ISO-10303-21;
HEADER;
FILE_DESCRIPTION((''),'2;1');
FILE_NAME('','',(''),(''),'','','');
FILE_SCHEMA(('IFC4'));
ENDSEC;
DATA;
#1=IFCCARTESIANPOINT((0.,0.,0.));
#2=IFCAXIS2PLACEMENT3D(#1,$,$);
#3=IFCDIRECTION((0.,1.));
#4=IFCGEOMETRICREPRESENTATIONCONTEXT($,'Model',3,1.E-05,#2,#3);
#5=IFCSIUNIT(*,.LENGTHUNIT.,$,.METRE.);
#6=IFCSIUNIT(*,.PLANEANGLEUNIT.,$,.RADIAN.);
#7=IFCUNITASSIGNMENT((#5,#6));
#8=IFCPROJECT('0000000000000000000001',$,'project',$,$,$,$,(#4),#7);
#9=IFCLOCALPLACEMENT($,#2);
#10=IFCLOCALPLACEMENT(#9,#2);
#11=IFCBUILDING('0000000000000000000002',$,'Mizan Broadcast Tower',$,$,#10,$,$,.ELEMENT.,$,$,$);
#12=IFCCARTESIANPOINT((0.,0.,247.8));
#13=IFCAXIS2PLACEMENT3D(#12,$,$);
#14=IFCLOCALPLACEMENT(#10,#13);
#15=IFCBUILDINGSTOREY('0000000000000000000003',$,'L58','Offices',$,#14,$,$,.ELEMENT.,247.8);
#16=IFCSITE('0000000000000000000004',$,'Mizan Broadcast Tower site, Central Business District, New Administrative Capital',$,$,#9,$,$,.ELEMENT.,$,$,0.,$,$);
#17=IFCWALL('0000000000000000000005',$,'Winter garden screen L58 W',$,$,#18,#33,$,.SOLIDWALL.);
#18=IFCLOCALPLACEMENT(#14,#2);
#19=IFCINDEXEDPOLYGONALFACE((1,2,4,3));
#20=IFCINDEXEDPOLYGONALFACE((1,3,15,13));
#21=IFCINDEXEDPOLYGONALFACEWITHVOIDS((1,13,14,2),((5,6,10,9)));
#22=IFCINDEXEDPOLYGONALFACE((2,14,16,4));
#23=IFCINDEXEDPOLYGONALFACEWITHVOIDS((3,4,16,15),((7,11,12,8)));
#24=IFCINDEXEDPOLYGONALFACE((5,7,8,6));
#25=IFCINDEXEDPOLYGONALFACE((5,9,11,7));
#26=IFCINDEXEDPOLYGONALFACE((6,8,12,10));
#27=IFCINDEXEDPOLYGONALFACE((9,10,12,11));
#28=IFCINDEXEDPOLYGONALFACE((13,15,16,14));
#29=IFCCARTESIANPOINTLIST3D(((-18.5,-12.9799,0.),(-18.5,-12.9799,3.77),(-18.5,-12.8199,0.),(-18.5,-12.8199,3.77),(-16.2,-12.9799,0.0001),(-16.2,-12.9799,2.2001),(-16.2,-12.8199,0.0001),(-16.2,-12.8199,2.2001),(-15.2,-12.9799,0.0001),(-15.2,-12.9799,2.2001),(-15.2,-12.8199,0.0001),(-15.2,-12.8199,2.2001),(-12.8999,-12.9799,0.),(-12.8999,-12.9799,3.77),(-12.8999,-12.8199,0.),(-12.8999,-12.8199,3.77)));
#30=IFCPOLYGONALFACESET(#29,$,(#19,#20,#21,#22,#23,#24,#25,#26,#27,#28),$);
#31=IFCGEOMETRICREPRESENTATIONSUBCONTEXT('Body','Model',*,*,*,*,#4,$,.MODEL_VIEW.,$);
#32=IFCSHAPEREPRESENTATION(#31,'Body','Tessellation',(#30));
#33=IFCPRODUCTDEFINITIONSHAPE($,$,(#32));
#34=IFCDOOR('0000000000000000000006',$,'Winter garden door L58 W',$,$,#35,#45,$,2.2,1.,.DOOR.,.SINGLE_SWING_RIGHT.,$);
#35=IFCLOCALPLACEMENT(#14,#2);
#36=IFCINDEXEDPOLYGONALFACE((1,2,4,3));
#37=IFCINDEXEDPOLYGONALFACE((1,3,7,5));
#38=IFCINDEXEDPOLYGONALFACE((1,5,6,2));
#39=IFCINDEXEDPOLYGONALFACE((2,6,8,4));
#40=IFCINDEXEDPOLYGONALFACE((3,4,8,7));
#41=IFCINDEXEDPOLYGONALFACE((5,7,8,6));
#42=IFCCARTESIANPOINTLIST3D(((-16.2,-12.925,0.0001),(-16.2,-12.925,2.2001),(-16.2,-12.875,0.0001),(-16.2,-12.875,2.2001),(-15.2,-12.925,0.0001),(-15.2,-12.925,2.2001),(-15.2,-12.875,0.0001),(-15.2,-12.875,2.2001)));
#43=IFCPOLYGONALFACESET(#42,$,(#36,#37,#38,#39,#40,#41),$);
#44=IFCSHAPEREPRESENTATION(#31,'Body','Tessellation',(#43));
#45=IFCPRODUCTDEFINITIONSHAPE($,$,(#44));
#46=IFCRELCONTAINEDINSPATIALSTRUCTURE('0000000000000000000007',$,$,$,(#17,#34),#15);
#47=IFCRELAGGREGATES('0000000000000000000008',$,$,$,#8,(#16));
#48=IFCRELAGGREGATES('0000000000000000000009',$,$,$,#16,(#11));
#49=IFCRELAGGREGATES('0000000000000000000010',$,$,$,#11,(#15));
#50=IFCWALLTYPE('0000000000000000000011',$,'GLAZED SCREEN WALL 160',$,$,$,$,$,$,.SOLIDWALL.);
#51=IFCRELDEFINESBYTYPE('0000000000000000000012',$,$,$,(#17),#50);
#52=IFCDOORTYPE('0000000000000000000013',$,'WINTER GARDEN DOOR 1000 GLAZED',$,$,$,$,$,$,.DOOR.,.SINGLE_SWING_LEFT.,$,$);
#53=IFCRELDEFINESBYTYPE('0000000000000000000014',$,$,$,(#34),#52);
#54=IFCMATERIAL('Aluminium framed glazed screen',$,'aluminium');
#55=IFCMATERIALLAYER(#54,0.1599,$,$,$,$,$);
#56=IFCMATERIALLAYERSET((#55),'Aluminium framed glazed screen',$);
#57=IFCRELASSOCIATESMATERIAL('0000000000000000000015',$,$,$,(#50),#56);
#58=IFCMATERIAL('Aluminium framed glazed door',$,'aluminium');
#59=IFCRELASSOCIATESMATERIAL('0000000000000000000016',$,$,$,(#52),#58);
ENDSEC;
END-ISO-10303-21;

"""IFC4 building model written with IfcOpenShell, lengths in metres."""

from ifc_helpers import new_model, si_unit, direction, frame, frame_2d, origin, place, context, subcontext, project, spatial, rectangle, extrude, material, layer, layer_set, type_object, element, fill, save


model = new_model("IFC4")

# Units and contexts
model_context = context("Model", 3, precision=1e-05, world=origin(), true_north=direction((0.0, 1.0)))
body_context = subcontext(model_context, "Body", "Model", "MODEL_VIEW")
ifc_project = project(units=[si_unit("LENGTHUNIT", "METRE"), si_unit("PLANEANGLEUNIT", "RADIAN")], contexts=[model_context])

# Site, building, storey
site_placement = place(None, origin())
site = spatial("IfcSite", under=ifc_project, at=site_placement, Name="Mizan Broadcast Tower site, Central Business District, New Administrative Capital", CompositionType="ELEMENT", RefElevation=0.0)
building_placement = place(site_placement, origin())
building = spatial("IfcBuilding", under=site, at=building_placement, Name="Mizan Broadcast Tower", CompositionType="ELEMENT")
storey_placement = place(building_placement, frame((0.0, 0.0, 247.8)))
storey = spatial("IfcBuildingStorey", under=building, at=storey_placement, Name="L58", Description="Offices", CompositionType="ELEMENT", Elevation=247.8)

# Wall, opening, door
ifc_material_1 = material(Name="Aluminium framed glazed screen", Category="aluminium")
ifc_layer_1 = layer(ifc_material_1, 0.1599)
ifc_layer_set_1 = layer_set([ifc_layer_1], Name="Aluminium framed glazed screen")
wall_type = type_object("IfcWallType", Name="GLAZED SCREEN WALL 160", PredefinedType="SOLIDWALL", material=ifc_layer_set_1)
wall_placement = place(storey_placement, frame((-18.5, -12.8999, 0.0), z_axis=(0.0, 0.0, 1.0), x_axis=(1.0, 0.0, 0.0)))
wall = element("IfcWall", 1, at=wall_placement, inside=storey, type_object=wall_type, Name="Winter garden screen L58 W", PredefinedType="SOLIDWALL", context=body_context, shape_type="SweptSolid", body=[
    extrude(rectangle(XDim=5.6001, YDim=0.1599, at=frame_2d((2.8, 0.0))), origin(), (0.0, 0.0, 1.0), 3.77),
])
opening_placement = place(wall_placement, frame((2.3, 0.0, 0.0)))
opening = element("IfcOpeningElement", 2, at=opening_placement, cuts=wall, PredefinedType="OPENING", context=body_context, shape_type="SweptSolid", body=[
    extrude(rectangle(XDim=1.0, YDim=2.2, at=frame_2d((0.5, 1.1001))), frame((0.0, 0.0898, 0.0), z_axis=(0.0, -1.0, 0.0), x_axis=(1.0, 0.0, 0.0)), (0.0, 0.0, 1.0), 0.1799),
])
ifc_material_2 = material(Name="Aluminium framed glazed door", Category="aluminium")
door_type = type_object("IfcDoorType", Name="WINTER GARDEN DOOR 1000 GLAZED", OperationType="SINGLE_SWING_LEFT", PredefinedType="DOOR", material=ifc_material_2)
door_placement = place(opening_placement, origin())
door = element("IfcDoor", 3, at=door_placement, inside=storey, type_object=door_type, Name="Winter garden door L58 W", OperationType="SINGLE_SWING_RIGHT", OverallHeight=2.2, OverallWidth=1.0, PredefinedType="DOOR", context=body_context, shape_type="SweptSolid", body=[
    extrude(rectangle(XDim=1.0, YDim=2.2, at=frame_2d((0.5, 1.1001))), frame((0.0, 0.0249, 0.0), z_axis=(0.0, -1.0, 0.0), x_axis=(1.0, 0.0, 0.0)), (0.0, 0.0, 1.0), 0.05),
])
fill(opening, door)

save(model, "model.ifc")
